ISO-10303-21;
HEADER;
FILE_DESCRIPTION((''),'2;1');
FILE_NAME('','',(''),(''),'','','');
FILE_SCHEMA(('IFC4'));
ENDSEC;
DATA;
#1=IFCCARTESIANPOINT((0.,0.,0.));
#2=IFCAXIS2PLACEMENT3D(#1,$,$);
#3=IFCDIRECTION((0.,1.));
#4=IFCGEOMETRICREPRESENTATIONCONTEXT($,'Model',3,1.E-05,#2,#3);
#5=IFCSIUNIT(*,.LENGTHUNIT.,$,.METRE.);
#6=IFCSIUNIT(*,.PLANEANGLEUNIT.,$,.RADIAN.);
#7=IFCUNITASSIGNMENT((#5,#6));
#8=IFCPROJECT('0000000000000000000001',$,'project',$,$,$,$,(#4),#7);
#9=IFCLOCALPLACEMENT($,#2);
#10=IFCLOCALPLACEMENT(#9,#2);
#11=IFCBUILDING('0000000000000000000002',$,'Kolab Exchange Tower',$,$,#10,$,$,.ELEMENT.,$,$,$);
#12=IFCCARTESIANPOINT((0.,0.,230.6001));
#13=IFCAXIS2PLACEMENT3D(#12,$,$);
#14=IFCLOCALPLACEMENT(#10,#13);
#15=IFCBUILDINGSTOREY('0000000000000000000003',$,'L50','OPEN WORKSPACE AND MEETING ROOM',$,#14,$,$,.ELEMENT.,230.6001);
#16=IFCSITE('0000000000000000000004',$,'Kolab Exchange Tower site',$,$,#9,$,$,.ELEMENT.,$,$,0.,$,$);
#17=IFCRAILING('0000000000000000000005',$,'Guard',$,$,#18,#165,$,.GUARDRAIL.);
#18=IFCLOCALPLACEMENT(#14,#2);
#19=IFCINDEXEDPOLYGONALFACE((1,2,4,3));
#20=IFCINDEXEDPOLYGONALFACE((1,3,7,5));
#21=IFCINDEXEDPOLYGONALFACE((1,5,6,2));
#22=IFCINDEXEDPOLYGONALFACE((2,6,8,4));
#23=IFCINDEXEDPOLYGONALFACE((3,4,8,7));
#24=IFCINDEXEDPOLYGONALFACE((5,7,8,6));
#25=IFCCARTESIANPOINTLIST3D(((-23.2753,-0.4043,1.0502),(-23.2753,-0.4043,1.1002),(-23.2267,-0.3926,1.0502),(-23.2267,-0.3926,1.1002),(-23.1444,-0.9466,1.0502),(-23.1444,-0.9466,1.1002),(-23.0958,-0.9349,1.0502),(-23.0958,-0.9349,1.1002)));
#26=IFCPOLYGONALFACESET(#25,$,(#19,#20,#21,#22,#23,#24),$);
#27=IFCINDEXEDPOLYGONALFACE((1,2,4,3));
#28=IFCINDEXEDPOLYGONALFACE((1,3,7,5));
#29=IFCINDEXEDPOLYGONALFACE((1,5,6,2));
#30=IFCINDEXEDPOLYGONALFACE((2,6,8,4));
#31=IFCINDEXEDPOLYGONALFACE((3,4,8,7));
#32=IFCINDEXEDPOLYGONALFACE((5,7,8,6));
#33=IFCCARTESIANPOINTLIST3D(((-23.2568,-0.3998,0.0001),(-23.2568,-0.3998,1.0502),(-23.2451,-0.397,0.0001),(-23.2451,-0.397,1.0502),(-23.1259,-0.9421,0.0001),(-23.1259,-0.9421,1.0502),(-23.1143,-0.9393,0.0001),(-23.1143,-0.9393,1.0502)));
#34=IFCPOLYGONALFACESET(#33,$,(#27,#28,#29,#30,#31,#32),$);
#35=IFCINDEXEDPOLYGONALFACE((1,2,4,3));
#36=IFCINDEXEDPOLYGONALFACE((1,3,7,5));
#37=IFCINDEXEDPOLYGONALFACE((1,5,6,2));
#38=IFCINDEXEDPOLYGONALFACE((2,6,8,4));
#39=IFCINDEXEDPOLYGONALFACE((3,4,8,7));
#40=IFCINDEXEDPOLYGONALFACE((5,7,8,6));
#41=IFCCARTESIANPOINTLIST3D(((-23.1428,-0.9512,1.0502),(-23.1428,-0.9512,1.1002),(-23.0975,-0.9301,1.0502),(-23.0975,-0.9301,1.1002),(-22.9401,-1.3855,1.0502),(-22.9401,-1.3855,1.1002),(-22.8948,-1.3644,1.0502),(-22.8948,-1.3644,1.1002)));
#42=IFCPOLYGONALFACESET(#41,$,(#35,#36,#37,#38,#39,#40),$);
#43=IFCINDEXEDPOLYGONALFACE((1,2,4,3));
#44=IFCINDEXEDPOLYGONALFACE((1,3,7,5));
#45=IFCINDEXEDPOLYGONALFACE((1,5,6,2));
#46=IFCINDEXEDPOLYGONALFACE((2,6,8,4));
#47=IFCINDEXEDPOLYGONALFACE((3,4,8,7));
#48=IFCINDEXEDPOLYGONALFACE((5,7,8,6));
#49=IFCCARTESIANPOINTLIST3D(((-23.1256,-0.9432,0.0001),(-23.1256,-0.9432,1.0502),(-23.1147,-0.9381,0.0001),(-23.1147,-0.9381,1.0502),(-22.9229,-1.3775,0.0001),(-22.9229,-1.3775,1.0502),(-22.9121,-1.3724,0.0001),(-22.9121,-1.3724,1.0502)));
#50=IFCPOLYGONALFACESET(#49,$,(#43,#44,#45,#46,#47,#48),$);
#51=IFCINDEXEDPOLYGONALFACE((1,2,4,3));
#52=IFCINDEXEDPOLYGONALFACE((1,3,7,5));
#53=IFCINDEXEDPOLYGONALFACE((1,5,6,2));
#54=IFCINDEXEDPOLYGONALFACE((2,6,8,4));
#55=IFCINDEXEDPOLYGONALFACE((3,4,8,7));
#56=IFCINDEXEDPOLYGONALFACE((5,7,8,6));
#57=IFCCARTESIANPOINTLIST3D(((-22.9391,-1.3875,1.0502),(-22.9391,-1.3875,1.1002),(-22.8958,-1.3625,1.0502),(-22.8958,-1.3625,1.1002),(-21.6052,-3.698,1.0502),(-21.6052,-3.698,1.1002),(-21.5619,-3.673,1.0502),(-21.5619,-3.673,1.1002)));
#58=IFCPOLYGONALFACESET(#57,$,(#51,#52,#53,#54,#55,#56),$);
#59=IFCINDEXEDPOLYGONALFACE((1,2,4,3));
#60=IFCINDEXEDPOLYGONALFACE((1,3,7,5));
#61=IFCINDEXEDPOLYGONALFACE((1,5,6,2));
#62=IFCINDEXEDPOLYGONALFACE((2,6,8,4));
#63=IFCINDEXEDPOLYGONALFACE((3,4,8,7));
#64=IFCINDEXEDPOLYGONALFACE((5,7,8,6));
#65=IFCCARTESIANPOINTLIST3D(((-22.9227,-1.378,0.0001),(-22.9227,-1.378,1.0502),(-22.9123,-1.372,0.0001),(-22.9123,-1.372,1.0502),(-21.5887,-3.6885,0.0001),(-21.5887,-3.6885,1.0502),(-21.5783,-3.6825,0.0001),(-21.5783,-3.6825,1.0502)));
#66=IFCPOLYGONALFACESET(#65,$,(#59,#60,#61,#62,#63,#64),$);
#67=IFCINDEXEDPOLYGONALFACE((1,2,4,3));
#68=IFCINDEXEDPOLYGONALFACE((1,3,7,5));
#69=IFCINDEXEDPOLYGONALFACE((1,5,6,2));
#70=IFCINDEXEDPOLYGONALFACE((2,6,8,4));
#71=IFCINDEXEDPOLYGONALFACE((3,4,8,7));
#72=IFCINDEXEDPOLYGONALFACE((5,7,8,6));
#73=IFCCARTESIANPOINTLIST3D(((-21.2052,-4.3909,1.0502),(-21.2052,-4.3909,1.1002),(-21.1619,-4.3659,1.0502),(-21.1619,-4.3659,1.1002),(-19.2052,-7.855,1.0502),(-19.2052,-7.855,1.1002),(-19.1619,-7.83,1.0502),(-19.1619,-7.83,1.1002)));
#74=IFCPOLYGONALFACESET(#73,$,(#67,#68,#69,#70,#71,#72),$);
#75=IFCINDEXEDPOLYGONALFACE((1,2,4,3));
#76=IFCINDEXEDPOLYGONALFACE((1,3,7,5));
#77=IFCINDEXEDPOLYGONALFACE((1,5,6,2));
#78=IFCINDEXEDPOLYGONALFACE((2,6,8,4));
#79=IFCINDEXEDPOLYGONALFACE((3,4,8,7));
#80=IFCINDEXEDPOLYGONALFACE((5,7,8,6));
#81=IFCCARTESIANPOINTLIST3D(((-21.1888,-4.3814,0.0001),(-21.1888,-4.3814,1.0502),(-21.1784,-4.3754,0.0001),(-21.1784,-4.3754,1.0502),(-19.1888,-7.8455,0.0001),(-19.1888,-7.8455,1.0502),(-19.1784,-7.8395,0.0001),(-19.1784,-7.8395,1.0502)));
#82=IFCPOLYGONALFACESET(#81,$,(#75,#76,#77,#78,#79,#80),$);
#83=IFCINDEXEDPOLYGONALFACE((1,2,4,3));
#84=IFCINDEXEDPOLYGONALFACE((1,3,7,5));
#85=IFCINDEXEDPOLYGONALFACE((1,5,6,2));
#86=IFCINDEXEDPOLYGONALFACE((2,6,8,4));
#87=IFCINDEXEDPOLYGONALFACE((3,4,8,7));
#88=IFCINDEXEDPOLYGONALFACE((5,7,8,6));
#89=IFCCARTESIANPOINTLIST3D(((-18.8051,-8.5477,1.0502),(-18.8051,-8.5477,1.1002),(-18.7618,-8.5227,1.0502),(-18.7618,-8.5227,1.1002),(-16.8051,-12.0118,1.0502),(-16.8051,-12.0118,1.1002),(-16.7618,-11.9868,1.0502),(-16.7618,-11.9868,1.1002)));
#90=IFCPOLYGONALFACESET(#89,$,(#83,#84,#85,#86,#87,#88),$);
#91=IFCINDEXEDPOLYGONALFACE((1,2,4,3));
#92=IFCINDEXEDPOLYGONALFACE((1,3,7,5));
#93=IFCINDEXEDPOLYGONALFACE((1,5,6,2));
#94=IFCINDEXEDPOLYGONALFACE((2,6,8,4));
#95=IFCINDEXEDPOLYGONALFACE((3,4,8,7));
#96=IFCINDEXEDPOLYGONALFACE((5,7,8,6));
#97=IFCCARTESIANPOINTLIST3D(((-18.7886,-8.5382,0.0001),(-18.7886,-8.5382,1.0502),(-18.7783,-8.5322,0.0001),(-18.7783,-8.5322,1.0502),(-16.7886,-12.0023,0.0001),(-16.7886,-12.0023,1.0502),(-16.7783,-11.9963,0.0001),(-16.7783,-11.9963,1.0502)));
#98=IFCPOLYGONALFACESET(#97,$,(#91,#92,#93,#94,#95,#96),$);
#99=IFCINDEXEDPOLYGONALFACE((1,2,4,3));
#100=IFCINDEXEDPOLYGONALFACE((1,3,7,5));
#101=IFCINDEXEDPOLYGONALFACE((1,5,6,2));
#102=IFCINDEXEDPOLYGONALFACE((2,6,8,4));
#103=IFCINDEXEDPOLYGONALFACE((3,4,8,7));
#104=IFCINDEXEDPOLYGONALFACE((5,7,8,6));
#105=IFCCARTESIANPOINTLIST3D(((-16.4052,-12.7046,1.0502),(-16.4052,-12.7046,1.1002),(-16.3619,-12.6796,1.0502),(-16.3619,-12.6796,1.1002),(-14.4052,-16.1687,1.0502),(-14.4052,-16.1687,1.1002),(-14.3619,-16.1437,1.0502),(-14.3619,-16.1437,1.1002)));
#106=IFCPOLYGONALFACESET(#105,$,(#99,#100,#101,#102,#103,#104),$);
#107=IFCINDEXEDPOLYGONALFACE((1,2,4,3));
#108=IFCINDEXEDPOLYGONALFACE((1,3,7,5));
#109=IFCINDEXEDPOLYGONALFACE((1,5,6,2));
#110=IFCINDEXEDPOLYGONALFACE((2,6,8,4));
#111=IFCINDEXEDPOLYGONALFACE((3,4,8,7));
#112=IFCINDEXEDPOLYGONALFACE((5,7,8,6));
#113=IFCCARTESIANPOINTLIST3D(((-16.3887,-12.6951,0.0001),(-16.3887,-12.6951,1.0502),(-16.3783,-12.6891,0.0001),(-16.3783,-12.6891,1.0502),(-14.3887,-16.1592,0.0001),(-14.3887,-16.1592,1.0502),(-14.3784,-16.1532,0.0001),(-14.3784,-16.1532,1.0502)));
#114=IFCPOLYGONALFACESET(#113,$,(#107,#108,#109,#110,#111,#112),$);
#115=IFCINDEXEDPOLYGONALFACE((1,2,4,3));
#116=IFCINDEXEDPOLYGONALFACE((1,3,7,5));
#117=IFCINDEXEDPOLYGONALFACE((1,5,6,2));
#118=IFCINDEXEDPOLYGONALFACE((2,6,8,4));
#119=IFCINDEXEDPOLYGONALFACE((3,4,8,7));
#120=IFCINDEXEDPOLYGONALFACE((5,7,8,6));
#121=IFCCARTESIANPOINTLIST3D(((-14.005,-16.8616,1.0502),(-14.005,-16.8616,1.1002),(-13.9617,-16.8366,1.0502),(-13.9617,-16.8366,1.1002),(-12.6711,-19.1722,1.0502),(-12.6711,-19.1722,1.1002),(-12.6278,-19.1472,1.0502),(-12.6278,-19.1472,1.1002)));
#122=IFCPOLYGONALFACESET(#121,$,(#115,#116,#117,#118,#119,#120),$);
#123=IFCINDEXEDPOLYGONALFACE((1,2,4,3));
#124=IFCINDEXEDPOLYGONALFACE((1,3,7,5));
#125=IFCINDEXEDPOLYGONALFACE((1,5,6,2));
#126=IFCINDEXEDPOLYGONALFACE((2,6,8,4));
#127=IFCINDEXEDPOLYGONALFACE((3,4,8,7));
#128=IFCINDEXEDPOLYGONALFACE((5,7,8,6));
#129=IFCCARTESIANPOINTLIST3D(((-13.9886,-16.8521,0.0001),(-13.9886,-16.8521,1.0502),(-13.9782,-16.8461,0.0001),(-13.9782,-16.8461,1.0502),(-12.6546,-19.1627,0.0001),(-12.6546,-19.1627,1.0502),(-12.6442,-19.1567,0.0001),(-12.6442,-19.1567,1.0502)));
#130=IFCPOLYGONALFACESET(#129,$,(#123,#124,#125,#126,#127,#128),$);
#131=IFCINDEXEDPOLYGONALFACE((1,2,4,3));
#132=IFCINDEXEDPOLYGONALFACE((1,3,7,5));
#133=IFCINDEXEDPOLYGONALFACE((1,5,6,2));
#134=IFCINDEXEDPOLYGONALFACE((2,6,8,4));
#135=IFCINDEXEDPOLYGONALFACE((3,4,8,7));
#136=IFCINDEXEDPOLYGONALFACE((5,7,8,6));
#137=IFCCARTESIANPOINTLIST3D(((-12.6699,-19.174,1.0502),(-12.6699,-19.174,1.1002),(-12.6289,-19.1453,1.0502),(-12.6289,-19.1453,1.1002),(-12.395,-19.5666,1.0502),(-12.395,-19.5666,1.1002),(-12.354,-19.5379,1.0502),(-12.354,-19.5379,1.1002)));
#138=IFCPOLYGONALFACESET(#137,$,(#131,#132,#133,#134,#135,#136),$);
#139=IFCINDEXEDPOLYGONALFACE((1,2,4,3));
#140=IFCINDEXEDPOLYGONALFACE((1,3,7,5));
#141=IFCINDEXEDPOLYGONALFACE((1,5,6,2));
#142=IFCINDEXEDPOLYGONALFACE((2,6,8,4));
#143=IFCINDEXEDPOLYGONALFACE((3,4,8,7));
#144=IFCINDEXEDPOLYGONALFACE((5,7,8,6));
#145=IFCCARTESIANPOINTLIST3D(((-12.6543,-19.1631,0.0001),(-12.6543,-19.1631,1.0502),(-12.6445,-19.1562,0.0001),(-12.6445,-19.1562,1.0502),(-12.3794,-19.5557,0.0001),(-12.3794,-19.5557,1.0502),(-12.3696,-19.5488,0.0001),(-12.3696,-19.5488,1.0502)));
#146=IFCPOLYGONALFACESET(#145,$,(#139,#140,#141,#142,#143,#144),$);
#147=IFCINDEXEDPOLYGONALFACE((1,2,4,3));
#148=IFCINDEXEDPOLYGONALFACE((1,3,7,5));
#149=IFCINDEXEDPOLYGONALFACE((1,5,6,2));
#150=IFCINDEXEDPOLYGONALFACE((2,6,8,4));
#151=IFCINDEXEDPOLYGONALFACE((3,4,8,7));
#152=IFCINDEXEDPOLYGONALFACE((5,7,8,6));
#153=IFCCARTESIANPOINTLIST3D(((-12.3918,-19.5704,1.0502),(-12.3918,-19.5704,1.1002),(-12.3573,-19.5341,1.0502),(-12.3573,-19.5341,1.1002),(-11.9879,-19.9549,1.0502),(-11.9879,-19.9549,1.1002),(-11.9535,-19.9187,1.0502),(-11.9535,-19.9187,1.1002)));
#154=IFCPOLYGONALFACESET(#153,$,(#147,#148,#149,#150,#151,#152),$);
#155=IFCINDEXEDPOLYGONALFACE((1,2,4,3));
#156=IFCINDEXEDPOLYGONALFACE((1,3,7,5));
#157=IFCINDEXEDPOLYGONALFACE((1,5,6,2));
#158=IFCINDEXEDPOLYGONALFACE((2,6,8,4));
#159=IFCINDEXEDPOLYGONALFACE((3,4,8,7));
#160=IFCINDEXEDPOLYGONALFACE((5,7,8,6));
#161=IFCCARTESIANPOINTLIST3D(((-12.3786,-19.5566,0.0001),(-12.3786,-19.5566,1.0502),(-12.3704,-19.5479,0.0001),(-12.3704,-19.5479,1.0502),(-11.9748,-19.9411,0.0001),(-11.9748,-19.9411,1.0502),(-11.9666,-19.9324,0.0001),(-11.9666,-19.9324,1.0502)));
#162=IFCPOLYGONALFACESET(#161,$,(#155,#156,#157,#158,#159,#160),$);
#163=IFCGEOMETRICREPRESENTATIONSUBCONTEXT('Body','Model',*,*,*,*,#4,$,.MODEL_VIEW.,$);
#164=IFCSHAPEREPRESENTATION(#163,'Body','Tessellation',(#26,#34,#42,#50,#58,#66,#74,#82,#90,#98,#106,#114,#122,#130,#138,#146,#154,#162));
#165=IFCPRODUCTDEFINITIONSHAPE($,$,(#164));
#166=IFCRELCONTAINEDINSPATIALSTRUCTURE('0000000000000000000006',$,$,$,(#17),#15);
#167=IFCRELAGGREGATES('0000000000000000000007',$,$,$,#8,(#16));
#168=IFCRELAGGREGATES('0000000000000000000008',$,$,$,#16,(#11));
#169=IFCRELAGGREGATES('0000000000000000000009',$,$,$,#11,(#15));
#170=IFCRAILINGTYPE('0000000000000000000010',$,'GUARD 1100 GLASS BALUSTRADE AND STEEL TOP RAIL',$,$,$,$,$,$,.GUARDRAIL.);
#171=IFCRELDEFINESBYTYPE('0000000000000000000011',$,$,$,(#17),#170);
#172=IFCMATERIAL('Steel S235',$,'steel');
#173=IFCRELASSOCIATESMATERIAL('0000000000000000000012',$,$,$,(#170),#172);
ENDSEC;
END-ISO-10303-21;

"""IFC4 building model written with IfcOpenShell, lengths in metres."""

from ifc_helpers import new_model, si_unit, direction, frame, frame_2d, origin, origin_2d, place, context, subcontext, project, spatial, rectangle, extrude, material, type_object, element, save


model = new_model("IFC4")

# Units and contexts
model_context = context("Model", 3, precision=1e-05, world=origin(), true_north=direction((0.0, 1.0)))
body_context = subcontext(model_context, "Body", "Model", "MODEL_VIEW")
ifc_project = project(units=[si_unit("LENGTHUNIT", "METRE"), si_unit("PLANEANGLEUNIT", "RADIAN")], contexts=[model_context])

# Site, building, storey
site_placement = place(None, origin())
site = spatial("IfcSite", under=ifc_project, at=site_placement, Name="Kolab Exchange Tower site", CompositionType="ELEMENT", RefElevation=0.0)
building_placement = place(site_placement, origin())
building = spatial("IfcBuilding", under=site, at=building_placement, Name="Kolab Exchange Tower", CompositionType="ELEMENT")
storey_placement = place(building_placement, frame((0.0, 0.0, 230.6001)))
storey = spatial("IfcBuildingStorey", under=building, at=storey_placement, Name="L50", Description="OPEN WORKSPACE AND MEETING ROOM", CompositionType="ELEMENT", Elevation=230.6001)

# Railing
ifc_material_1 = material(Name="Steel S235", Category="steel")
railing_type = type_object("IfcRailingType", Name="GUARD 1100 GLASS BALUSTRADE AND STEEL TOP RAIL", PredefinedType="GUARDRAIL", material=ifc_material_1)
railing_placement = place(storey_placement, frame((-23.251, -0.3984, 0.0)))
element("IfcRailing", 1, at=railing_placement, inside=storey, type_object=railing_type, Name="Guard", PredefinedType="GUARDRAIL", context=body_context, shape_type="SweptSolid", body=[
    extrude(rectangle(XDim=0.05, YDim=0.05, at=origin_2d()), frame((0.0, 0.0, 1.0752), z_axis=(0.234598, -0.972093, 0.0), x_axis=(0.972093, 0.234598, 0.0)), (0.0, 0.0, 1.0), 0.5579),
    extrude(rectangle(XDim=0.012, YDim=1.0501, at=frame_2d((0.0, 0.5251))), frame((0.0, 0.0, 0.0), z_axis=(0.234598, -0.972093, 0.0), x_axis=(0.972093, 0.234598, 0.0)), (0.0, 0.0, 1.0), 0.5579),
    extrude(rectangle(XDim=0.05, YDim=0.05, at=origin_2d()), frame((0.1309, -0.5422, 1.0752), z_axis=(0.422802, -0.906222, 0.0), x_axis=(0.906222, 0.422802, 0.0)), (0.0, 0.0, 1.0), 0.4792),
    extrude(rectangle(XDim=0.012, YDim=1.0501, at=frame_2d((0.0, 0.5251))), frame((0.1309, -0.5422, 0.0), z_axis=(0.422802, -0.906222, 0.0), x_axis=(0.906222, 0.422802, 0.0)), (0.0, 0.0, 1.0), 0.4792),
    extrude(rectangle(XDim=0.05, YDim=0.05, at=origin_2d()), frame((0.3335, -0.9766, 1.0752), z_axis=(0.499997, -0.866027, 0.0), x_axis=(0.866027, 0.499997, 0.0)), (0.0, 0.0, 1.0), 2.668),
    extrude(rectangle(XDim=0.012, YDim=1.0501, at=frame_2d((0.0, 0.5251))), frame((0.3335, -0.9766, 0.0), z_axis=(0.499997, -0.866027, 0.0), x_axis=(0.866027, 0.499997, 0.0)), (0.0, 0.0, 1.0), 2.668),
    extrude(rectangle(XDim=0.05, YDim=0.05, at=origin_2d()), frame((2.0674, -3.98, 1.0752), z_axis=(0.499999, -0.866026, 0.0), x_axis=(0.866026, 0.499999, 0.0)), (0.0, 0.0, 1.0), 4.0),
    extrude(rectangle(XDim=0.012, YDim=1.0501, at=frame_2d((0.0, 0.5251))), frame((2.0674, -3.98, 0.0), z_axis=(0.499999, -0.866026, 0.0), x_axis=(0.866026, 0.499999, 0.0)), (0.0, 0.0, 1.0), 4.0),
    extrude(rectangle(XDim=0.05, YDim=0.05, at=origin_2d()), frame((4.4675, -8.1367, 1.0752), z_axis=(0.499999, -0.866026, 0.0), x_axis=(0.866026, 0.499999, 0.0)), (0.0, 0.0, 1.0), 4.0),
    extrude(rectangle(XDim=0.012, YDim=1.0501, at=frame_2d((0.0, 0.5251))), frame((4.4675, -8.1367, 0.0), z_axis=(0.499999, -0.866026, 0.0), x_axis=(0.866026, 0.499999, 0.0)), (0.0, 0.0, 1.0), 4.0),
    extrude(rectangle(XDim=0.05, YDim=0.05, at=origin_2d()), frame((6.8674, -12.2937, 1.0752), z_axis=(0.499999, -0.866026, 0.0), x_axis=(0.866026, 0.499999, 0.0)), (0.0, 0.0, 1.0), 4.0),
    extrude(rectangle(XDim=0.012, YDim=1.0501, at=frame_2d((0.0, 0.5251))), frame((6.8674, -12.2937, 0.0), z_axis=(0.499999, -0.866026, 0.0), x_axis=(0.866026, 0.499999, 0.0)), (0.0, 0.0, 1.0), 4.0),
    extrude(rectangle(XDim=0.05, YDim=0.05, at=origin_2d()), frame((9.2676, -16.4507, 1.0752), z_axis=(0.499997, -0.866027, 0.0), x_axis=(0.866027, 0.499997, 0.0)), (0.0, 0.0, 1.0), 2.668),
    extrude(rectangle(XDim=0.012, YDim=1.0501, at=frame_2d((0.0, 0.5251))), frame((9.2676, -16.4507, 0.0), z_axis=(0.499997, -0.866027, 0.0), x_axis=(0.866027, 0.499997, 0.0)), (0.0, 0.0, 1.0), 2.668),
    extrude(rectangle(XDim=0.05, YDim=0.05, at=origin_2d()), frame((10.6016, -18.7612, 1.0752), z_axis=(0.573599, -0.819136, 0.0), x_axis=(0.819136, 0.573599, 0.0)), (0.0, 0.0, 1.0), 0.4792),
    extrude(rectangle(XDim=0.012, YDim=1.0501, at=frame_2d((0.0, 0.5251))), frame((10.6016, -18.7612, 0.0), z_axis=(0.573599, -0.819136, 0.0), x_axis=(0.819136, 0.573599, 0.0)), (0.0, 0.0, 1.0), 0.4792),
    extrude(rectangle(XDim=0.05, YDim=0.05, at=origin_2d()), frame((10.8765, -19.1538, 1.0752), z_axis=(0.72419, -0.689601, 0.0), x_axis=(0.689601, 0.72419, 0.0)), (0.0, 0.0, 1.0), 0.5576),
    extrude(rectangle(XDim=0.012, YDim=1.0501, at=frame_2d((0.0, 0.5251))), frame((10.8765, -19.1538, 0.0), z_axis=(0.72419, -0.689601, 0.0), x_axis=(0.689601, 0.72419, 0.0)), (0.0, 0.0, 1.0), 0.5576),
])

save(model, "model.ifc")
